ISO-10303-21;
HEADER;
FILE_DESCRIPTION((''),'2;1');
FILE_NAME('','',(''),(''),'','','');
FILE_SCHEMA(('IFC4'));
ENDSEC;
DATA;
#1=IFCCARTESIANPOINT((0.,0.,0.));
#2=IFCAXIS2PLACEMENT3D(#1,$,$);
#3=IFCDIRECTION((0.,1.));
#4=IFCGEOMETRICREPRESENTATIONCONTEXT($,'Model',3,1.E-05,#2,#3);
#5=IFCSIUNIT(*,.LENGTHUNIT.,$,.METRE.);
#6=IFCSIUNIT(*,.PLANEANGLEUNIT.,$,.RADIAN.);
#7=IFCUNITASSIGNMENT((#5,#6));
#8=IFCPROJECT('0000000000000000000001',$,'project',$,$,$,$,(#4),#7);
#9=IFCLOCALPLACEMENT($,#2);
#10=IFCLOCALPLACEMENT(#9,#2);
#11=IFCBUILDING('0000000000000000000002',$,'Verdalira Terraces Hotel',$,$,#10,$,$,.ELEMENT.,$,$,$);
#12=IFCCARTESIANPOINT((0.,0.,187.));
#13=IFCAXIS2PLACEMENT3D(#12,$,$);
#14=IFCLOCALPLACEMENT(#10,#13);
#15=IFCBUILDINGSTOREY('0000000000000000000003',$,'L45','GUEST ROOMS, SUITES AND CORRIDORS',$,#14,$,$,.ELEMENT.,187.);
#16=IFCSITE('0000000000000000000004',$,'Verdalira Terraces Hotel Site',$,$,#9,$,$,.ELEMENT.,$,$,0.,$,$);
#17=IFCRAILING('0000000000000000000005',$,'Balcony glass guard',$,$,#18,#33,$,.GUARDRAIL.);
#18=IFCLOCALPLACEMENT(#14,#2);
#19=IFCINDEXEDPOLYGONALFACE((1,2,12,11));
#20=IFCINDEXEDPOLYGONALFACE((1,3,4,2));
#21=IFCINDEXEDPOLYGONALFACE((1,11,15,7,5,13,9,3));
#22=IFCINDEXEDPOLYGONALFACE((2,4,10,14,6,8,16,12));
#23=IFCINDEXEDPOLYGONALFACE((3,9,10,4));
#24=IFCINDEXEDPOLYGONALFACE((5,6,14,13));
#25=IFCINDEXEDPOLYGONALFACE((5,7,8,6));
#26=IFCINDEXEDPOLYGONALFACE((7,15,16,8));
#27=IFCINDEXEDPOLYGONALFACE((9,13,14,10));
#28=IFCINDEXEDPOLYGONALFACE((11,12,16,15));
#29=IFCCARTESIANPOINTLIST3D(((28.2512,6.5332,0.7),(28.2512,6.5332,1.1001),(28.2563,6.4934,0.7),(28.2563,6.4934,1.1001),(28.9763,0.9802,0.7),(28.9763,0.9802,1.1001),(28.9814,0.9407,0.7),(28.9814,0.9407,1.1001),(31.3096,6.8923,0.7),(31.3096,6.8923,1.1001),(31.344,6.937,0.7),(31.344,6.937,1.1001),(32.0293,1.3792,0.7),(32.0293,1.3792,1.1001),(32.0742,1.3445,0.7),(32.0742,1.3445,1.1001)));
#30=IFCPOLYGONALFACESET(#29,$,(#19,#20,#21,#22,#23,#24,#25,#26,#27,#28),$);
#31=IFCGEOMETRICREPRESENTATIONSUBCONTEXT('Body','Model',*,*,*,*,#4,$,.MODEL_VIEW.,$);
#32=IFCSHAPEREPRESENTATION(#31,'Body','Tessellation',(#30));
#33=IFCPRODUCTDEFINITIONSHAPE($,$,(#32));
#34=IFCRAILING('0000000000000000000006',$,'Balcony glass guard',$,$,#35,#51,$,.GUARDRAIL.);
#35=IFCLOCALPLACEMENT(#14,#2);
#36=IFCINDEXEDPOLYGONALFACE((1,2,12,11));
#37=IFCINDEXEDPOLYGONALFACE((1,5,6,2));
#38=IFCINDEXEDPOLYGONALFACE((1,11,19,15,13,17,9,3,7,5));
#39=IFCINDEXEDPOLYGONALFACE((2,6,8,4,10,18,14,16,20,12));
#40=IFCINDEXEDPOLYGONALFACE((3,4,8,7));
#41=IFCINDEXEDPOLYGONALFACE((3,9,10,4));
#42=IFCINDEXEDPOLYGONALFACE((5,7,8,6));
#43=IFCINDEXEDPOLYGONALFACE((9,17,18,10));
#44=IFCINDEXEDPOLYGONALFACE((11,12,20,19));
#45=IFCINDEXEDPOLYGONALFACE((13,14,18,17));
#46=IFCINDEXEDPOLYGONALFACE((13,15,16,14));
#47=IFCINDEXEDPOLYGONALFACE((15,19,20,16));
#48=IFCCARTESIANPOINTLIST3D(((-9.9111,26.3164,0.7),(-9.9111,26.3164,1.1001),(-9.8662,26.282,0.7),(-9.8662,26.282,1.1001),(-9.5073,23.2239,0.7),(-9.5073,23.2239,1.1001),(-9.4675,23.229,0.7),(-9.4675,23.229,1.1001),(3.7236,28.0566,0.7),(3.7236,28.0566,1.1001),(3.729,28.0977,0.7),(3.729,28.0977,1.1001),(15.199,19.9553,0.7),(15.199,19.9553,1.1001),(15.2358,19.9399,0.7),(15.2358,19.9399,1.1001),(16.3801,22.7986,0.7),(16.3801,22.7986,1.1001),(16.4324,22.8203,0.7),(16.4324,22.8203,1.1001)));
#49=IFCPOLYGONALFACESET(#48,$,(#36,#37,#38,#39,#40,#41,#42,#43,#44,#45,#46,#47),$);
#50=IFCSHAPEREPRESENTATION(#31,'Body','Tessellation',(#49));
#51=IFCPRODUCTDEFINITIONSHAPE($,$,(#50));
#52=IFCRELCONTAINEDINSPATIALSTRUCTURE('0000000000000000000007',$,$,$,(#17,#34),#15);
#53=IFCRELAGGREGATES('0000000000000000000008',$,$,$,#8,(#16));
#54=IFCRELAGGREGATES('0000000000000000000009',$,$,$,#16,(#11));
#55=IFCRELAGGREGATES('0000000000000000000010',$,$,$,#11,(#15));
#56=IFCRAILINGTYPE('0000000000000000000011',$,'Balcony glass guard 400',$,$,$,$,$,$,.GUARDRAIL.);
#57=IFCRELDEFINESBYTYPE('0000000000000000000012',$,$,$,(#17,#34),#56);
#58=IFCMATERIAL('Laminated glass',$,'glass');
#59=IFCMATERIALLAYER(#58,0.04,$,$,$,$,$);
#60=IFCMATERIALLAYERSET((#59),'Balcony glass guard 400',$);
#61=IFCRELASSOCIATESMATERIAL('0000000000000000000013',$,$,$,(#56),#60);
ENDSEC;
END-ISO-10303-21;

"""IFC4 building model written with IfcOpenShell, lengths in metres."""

from ifc_helpers import new_model, si_unit, direction, frame, origin, place, context, subcontext, project, spatial, polyline, outline, extrude, material, layer, layer_set, type_object, element, save


model = new_model("IFC4")

# Units and contexts
model_context = context("Model", 3, precision=1e-05, world=origin(), true_north=direction((0.0, 1.0)))
body_context = subcontext(model_context, "Body", "Model", "MODEL_VIEW")
ifc_project = project(units=[si_unit("LENGTHUNIT", "METRE"), si_unit("PLANEANGLEUNIT", "RADIAN")], contexts=[model_context])

# Site, building, storey
site_placement = place(None, origin())
site = spatial("IfcSite", under=ifc_project, at=site_placement, Name="Verdalira Terraces Hotel Site", CompositionType="ELEMENT", RefElevation=0.0)
building_placement = place(site_placement, origin())
building = spatial("IfcBuilding", under=site, at=building_placement, Name="Verdalira Terraces Hotel", CompositionType="ELEMENT")
storey_placement = place(building_placement, frame((0.0, 0.0, 187.0)))
storey = spatial("IfcBuildingStorey", under=building, at=storey_placement, Name="L45", Description="GUEST ROOMS, SUITES AND CORRIDORS", CompositionType="ELEMENT", Elevation=187.0)

# Railings
ifc_material_1 = material(Name="Laminated glass", Category="glass")
ifc_layer_1 = layer(ifc_material_1, 0.04)
ifc_layer_set_1 = layer_set([ifc_layer_1], Name="Balcony glass guard 400")
railing_type_1 = type_object("IfcRailingType", Name="Balcony glass guard 400", PredefinedType="GUARDRAIL", material=ifc_layer_set_1)
railing_1_placement = place(storey_placement, frame((0.0, 0.0, 0.7)))
element("IfcRailing", 1, at=railing_1_placement, inside=storey, type_object=railing_type_1, Name="Balcony glass guard", PredefinedType="GUARDRAIL", context=body_context, shape_type="SweptSolid", body=[
    extrude(outline(polyline([(32.0293, 1.3792), (31.3096, 6.8923), (28.2563, 6.4934), (28.2512, 6.5332), (31.344, 6.937), (32.0742, 1.3445), (28.9814, 0.9407), (28.9763, 0.9802), (32.0293, 1.3792)])), origin(), (0.0, 0.0, 1.0), 0.4001),
])
railing_2_placement = place(storey_placement, frame((0.0, 0.0, 0.7)))
element("IfcRailing", 2, at=railing_2_placement, inside=storey, type_object=railing_type_1, Name="Balcony glass guard", PredefinedType="GUARDRAIL", context=body_context, shape_type="SweptSolid", body=[
    extrude(outline(polyline([(16.3801, 22.7986), (3.7236, 28.0566), (-9.8662, 26.282), (-9.4675, 23.229), (-9.5073, 23.2239), (-9.9111, 26.3164), (3.729, 28.0977), (16.4324, 22.8203), (15.2358, 19.9399), (15.199, 19.9553), (16.3801, 22.7986)])), origin(), (0.0, 0.0, 1.0), 0.4001),
])

save(model, "model.ifc")
